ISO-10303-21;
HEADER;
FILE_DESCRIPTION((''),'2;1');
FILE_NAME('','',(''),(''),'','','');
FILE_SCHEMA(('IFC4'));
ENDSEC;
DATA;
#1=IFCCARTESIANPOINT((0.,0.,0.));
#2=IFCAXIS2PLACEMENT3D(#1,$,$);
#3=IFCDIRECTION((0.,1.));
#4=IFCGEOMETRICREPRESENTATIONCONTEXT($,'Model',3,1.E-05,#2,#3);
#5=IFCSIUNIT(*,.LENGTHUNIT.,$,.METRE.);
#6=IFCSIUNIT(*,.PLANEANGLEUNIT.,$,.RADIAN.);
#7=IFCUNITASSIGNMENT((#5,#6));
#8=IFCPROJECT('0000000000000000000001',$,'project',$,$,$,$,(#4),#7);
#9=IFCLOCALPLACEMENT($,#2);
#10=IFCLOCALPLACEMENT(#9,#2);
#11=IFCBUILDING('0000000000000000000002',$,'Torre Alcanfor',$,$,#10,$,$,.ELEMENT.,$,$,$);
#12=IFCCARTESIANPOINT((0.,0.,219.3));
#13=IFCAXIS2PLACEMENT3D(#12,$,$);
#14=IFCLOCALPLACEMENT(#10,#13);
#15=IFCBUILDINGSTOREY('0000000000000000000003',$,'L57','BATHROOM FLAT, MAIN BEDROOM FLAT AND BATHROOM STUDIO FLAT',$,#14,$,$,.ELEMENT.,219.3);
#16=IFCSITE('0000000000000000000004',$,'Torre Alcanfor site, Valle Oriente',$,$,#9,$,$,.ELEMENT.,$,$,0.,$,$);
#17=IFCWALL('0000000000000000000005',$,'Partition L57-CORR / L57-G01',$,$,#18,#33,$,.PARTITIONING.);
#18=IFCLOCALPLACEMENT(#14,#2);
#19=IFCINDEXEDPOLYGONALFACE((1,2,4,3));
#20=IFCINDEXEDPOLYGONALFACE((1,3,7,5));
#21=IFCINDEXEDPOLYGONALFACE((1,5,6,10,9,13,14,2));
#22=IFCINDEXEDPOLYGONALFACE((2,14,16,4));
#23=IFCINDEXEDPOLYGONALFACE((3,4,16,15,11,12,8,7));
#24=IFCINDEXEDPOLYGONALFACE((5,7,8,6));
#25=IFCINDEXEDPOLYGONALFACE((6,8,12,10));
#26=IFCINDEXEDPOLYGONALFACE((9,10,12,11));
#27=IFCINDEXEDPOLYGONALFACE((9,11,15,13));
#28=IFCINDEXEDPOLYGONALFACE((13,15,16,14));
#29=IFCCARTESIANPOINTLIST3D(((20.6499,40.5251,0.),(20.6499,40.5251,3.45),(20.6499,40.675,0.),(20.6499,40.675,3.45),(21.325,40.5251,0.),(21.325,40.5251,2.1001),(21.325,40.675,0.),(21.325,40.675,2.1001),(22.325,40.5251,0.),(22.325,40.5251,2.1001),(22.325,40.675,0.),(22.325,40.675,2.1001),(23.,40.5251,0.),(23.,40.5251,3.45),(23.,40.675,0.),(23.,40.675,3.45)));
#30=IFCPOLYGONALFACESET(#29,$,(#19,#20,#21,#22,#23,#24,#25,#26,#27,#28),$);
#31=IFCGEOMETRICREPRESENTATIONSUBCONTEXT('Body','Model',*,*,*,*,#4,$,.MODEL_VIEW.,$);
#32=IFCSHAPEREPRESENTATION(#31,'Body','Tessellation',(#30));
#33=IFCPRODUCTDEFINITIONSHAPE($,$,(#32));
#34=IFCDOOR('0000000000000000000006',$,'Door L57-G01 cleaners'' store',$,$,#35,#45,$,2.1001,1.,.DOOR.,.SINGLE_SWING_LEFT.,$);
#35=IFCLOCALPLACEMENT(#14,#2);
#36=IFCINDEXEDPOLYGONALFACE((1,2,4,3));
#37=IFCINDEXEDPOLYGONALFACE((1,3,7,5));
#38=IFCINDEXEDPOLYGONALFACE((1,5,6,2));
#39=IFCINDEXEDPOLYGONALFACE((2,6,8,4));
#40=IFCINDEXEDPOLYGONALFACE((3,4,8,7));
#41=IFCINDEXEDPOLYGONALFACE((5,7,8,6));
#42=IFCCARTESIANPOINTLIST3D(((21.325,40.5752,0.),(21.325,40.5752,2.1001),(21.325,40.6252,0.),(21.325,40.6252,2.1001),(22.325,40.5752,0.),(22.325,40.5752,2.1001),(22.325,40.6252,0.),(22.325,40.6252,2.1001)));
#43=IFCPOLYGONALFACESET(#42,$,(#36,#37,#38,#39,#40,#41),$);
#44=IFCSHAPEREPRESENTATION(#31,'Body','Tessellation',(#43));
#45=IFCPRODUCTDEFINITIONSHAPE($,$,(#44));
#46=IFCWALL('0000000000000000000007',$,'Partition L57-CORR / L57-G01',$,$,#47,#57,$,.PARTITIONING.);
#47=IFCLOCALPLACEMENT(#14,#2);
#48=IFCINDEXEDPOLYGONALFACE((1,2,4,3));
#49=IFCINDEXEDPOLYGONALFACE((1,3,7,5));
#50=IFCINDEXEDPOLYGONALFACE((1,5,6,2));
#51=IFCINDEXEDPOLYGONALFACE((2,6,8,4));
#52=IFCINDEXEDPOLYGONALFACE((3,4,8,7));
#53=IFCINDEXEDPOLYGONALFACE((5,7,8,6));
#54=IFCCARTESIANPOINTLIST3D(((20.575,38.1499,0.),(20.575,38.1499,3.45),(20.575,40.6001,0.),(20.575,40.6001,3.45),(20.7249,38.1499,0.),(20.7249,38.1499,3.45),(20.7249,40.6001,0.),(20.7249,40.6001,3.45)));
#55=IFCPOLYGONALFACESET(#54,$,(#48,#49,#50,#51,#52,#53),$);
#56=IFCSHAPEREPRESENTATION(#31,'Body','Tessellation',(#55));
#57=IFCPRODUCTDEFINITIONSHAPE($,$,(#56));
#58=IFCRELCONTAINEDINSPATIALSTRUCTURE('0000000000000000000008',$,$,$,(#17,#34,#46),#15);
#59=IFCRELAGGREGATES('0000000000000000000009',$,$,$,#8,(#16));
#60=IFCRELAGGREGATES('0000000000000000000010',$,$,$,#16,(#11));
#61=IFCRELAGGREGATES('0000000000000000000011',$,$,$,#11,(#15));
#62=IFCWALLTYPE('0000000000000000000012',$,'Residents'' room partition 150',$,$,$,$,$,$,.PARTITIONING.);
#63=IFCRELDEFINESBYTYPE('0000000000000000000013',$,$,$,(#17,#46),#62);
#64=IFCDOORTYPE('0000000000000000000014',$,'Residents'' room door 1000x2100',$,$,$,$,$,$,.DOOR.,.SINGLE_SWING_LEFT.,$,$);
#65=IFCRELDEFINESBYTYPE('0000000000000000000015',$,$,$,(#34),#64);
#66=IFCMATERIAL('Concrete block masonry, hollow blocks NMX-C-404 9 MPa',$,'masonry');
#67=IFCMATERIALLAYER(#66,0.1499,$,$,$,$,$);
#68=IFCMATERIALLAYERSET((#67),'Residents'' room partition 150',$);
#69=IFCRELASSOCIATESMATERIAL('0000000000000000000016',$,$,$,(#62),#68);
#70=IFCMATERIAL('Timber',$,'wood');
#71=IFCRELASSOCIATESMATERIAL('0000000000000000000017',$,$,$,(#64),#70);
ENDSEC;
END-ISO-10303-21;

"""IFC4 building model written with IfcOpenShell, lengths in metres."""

from ifc_helpers import new_model, si_unit, direction, frame, frame_2d, origin, place, context, subcontext, project, spatial, rectangle, extrude, material, layer, layer_set, type_object, element, fill, save


model = new_model("IFC4")

# Units and contexts
model_context = context("Model", 3, precision=1e-05, world=origin(), true_north=direction((0.0, 1.0)))
body_context = subcontext(model_context, "Body", "Model", "MODEL_VIEW")
ifc_project = project(units=[si_unit("LENGTHUNIT", "METRE"), si_unit("PLANEANGLEUNIT", "RADIAN")], contexts=[model_context])

# Site, building, storey
site_placement = place(None, origin())
site = spatial("IfcSite", under=ifc_project, at=site_placement, Name="Torre Alcanfor site, Valle Oriente", CompositionType="ELEMENT", RefElevation=0.0)
building_placement = place(site_placement, origin())
building = spatial("IfcBuilding", under=site, at=building_placement, Name="Torre Alcanfor", CompositionType="ELEMENT")
storey_placement = place(building_placement, frame((0.0, 0.0, 219.3)))
storey = spatial("IfcBuildingStorey", under=building, at=storey_placement, Name="L57", Description="BATHROOM FLAT, MAIN BEDROOM FLAT AND BATHROOM STUDIO FLAT", CompositionType="ELEMENT", Elevation=219.3)

# Shared definitions
ifc_material_1 = material(Name="Concrete block masonry, hollow blocks NMX-C-404 9 MPa", Category="masonry")
ifc_layer_1 = layer(ifc_material_1, 0.1499)
ifc_layer_set_1 = layer_set([ifc_layer_1], Name="Residents' room partition 150")
wall_type_1 = type_object("IfcWallType", Name="Residents' room partition 150", PredefinedType="PARTITIONING", material=ifc_layer_set_1)

# Wall, opening, door
wall_1_placement = place(storey_placement, frame((23.0, 40.6001, 0.0), z_axis=(0.0, 0.0, 1.0), x_axis=(-1.0, 0.0, 0.0)))
wall_1 = element("IfcWall", 1, at=wall_1_placement, inside=storey, type_object=wall_type_1, Name="Partition L57-CORR / L57-G01", PredefinedType="PARTITIONING", context=body_context, shape_type="SweptSolid", body=[
    extrude(rectangle(XDim=2.3501, YDim=0.1499, at=frame_2d((1.175, 0.0))), origin(), (0.0, 0.0, 1.0), 3.45),
])
opening_1_placement = place(wall_1_placement, frame((0.675, 0.0, 0.0)))
opening_1 = element("IfcOpeningElement", 2, at=opening_1_placement, cuts=wall_1, PredefinedType="OPENING", context=body_context, shape_type="SweptSolid", body=[
    extrude(rectangle(XDim=1.0, YDim=2.1001, at=frame_2d((0.5, 1.05))), frame((0.0, 0.085, 0.0), z_axis=(0.0, -1.0, 0.0), x_axis=(1.0, 0.0, 0.0)), (0.0, 0.0, 1.0), 0.1699),
])
ifc_material_2 = material(Name="Timber", Category="wood")
door_type_1 = type_object("IfcDoorType", Name="Residents' room door 1000x2100", OperationType="SINGLE_SWING_LEFT", PredefinedType="DOOR", material=ifc_material_2)
door_1_placement = place(opening_1_placement, origin())
door_1 = element("IfcDoor", 3, at=door_1_placement, inside=storey, type_object=door_type_1, Name="Door L57-G01 cleaners' store", OperationType="SINGLE_SWING_LEFT", OverallHeight=2.1001, OverallWidth=1.0, PredefinedType="DOOR", context=body_context, shape_type="SweptSolid", body=[
    extrude(rectangle(XDim=1.0, YDim=2.1001, at=frame_2d((0.5, 1.05))), frame((0.0, 0.0249, 0.0), z_axis=(0.0, -1.0, 0.0), x_axis=(1.0, 0.0, 0.0)), (0.0, 0.0, 1.0), 0.05),
])
fill(opening_1, door_1)

# Wall
wall_2_placement = place(storey_placement, frame((20.6499, 40.6001, 0.0), z_axis=(0.0, 0.0, 1.0), x_axis=(0.0, -1.0, 0.0)))
element("IfcWall", 4, at=wall_2_placement, inside=storey, type_object=wall_type_1, Name="Partition L57-CORR / L57-G01", PredefinedType="PARTITIONING", context=body_context, shape_type="SweptSolid", body=[
    extrude(rectangle(XDim=2.4502, YDim=0.1499, at=frame_2d((1.2251, 0.0))), origin(), (0.0, 0.0, 1.0), 3.45),
])

save(model, "model.ifc")
